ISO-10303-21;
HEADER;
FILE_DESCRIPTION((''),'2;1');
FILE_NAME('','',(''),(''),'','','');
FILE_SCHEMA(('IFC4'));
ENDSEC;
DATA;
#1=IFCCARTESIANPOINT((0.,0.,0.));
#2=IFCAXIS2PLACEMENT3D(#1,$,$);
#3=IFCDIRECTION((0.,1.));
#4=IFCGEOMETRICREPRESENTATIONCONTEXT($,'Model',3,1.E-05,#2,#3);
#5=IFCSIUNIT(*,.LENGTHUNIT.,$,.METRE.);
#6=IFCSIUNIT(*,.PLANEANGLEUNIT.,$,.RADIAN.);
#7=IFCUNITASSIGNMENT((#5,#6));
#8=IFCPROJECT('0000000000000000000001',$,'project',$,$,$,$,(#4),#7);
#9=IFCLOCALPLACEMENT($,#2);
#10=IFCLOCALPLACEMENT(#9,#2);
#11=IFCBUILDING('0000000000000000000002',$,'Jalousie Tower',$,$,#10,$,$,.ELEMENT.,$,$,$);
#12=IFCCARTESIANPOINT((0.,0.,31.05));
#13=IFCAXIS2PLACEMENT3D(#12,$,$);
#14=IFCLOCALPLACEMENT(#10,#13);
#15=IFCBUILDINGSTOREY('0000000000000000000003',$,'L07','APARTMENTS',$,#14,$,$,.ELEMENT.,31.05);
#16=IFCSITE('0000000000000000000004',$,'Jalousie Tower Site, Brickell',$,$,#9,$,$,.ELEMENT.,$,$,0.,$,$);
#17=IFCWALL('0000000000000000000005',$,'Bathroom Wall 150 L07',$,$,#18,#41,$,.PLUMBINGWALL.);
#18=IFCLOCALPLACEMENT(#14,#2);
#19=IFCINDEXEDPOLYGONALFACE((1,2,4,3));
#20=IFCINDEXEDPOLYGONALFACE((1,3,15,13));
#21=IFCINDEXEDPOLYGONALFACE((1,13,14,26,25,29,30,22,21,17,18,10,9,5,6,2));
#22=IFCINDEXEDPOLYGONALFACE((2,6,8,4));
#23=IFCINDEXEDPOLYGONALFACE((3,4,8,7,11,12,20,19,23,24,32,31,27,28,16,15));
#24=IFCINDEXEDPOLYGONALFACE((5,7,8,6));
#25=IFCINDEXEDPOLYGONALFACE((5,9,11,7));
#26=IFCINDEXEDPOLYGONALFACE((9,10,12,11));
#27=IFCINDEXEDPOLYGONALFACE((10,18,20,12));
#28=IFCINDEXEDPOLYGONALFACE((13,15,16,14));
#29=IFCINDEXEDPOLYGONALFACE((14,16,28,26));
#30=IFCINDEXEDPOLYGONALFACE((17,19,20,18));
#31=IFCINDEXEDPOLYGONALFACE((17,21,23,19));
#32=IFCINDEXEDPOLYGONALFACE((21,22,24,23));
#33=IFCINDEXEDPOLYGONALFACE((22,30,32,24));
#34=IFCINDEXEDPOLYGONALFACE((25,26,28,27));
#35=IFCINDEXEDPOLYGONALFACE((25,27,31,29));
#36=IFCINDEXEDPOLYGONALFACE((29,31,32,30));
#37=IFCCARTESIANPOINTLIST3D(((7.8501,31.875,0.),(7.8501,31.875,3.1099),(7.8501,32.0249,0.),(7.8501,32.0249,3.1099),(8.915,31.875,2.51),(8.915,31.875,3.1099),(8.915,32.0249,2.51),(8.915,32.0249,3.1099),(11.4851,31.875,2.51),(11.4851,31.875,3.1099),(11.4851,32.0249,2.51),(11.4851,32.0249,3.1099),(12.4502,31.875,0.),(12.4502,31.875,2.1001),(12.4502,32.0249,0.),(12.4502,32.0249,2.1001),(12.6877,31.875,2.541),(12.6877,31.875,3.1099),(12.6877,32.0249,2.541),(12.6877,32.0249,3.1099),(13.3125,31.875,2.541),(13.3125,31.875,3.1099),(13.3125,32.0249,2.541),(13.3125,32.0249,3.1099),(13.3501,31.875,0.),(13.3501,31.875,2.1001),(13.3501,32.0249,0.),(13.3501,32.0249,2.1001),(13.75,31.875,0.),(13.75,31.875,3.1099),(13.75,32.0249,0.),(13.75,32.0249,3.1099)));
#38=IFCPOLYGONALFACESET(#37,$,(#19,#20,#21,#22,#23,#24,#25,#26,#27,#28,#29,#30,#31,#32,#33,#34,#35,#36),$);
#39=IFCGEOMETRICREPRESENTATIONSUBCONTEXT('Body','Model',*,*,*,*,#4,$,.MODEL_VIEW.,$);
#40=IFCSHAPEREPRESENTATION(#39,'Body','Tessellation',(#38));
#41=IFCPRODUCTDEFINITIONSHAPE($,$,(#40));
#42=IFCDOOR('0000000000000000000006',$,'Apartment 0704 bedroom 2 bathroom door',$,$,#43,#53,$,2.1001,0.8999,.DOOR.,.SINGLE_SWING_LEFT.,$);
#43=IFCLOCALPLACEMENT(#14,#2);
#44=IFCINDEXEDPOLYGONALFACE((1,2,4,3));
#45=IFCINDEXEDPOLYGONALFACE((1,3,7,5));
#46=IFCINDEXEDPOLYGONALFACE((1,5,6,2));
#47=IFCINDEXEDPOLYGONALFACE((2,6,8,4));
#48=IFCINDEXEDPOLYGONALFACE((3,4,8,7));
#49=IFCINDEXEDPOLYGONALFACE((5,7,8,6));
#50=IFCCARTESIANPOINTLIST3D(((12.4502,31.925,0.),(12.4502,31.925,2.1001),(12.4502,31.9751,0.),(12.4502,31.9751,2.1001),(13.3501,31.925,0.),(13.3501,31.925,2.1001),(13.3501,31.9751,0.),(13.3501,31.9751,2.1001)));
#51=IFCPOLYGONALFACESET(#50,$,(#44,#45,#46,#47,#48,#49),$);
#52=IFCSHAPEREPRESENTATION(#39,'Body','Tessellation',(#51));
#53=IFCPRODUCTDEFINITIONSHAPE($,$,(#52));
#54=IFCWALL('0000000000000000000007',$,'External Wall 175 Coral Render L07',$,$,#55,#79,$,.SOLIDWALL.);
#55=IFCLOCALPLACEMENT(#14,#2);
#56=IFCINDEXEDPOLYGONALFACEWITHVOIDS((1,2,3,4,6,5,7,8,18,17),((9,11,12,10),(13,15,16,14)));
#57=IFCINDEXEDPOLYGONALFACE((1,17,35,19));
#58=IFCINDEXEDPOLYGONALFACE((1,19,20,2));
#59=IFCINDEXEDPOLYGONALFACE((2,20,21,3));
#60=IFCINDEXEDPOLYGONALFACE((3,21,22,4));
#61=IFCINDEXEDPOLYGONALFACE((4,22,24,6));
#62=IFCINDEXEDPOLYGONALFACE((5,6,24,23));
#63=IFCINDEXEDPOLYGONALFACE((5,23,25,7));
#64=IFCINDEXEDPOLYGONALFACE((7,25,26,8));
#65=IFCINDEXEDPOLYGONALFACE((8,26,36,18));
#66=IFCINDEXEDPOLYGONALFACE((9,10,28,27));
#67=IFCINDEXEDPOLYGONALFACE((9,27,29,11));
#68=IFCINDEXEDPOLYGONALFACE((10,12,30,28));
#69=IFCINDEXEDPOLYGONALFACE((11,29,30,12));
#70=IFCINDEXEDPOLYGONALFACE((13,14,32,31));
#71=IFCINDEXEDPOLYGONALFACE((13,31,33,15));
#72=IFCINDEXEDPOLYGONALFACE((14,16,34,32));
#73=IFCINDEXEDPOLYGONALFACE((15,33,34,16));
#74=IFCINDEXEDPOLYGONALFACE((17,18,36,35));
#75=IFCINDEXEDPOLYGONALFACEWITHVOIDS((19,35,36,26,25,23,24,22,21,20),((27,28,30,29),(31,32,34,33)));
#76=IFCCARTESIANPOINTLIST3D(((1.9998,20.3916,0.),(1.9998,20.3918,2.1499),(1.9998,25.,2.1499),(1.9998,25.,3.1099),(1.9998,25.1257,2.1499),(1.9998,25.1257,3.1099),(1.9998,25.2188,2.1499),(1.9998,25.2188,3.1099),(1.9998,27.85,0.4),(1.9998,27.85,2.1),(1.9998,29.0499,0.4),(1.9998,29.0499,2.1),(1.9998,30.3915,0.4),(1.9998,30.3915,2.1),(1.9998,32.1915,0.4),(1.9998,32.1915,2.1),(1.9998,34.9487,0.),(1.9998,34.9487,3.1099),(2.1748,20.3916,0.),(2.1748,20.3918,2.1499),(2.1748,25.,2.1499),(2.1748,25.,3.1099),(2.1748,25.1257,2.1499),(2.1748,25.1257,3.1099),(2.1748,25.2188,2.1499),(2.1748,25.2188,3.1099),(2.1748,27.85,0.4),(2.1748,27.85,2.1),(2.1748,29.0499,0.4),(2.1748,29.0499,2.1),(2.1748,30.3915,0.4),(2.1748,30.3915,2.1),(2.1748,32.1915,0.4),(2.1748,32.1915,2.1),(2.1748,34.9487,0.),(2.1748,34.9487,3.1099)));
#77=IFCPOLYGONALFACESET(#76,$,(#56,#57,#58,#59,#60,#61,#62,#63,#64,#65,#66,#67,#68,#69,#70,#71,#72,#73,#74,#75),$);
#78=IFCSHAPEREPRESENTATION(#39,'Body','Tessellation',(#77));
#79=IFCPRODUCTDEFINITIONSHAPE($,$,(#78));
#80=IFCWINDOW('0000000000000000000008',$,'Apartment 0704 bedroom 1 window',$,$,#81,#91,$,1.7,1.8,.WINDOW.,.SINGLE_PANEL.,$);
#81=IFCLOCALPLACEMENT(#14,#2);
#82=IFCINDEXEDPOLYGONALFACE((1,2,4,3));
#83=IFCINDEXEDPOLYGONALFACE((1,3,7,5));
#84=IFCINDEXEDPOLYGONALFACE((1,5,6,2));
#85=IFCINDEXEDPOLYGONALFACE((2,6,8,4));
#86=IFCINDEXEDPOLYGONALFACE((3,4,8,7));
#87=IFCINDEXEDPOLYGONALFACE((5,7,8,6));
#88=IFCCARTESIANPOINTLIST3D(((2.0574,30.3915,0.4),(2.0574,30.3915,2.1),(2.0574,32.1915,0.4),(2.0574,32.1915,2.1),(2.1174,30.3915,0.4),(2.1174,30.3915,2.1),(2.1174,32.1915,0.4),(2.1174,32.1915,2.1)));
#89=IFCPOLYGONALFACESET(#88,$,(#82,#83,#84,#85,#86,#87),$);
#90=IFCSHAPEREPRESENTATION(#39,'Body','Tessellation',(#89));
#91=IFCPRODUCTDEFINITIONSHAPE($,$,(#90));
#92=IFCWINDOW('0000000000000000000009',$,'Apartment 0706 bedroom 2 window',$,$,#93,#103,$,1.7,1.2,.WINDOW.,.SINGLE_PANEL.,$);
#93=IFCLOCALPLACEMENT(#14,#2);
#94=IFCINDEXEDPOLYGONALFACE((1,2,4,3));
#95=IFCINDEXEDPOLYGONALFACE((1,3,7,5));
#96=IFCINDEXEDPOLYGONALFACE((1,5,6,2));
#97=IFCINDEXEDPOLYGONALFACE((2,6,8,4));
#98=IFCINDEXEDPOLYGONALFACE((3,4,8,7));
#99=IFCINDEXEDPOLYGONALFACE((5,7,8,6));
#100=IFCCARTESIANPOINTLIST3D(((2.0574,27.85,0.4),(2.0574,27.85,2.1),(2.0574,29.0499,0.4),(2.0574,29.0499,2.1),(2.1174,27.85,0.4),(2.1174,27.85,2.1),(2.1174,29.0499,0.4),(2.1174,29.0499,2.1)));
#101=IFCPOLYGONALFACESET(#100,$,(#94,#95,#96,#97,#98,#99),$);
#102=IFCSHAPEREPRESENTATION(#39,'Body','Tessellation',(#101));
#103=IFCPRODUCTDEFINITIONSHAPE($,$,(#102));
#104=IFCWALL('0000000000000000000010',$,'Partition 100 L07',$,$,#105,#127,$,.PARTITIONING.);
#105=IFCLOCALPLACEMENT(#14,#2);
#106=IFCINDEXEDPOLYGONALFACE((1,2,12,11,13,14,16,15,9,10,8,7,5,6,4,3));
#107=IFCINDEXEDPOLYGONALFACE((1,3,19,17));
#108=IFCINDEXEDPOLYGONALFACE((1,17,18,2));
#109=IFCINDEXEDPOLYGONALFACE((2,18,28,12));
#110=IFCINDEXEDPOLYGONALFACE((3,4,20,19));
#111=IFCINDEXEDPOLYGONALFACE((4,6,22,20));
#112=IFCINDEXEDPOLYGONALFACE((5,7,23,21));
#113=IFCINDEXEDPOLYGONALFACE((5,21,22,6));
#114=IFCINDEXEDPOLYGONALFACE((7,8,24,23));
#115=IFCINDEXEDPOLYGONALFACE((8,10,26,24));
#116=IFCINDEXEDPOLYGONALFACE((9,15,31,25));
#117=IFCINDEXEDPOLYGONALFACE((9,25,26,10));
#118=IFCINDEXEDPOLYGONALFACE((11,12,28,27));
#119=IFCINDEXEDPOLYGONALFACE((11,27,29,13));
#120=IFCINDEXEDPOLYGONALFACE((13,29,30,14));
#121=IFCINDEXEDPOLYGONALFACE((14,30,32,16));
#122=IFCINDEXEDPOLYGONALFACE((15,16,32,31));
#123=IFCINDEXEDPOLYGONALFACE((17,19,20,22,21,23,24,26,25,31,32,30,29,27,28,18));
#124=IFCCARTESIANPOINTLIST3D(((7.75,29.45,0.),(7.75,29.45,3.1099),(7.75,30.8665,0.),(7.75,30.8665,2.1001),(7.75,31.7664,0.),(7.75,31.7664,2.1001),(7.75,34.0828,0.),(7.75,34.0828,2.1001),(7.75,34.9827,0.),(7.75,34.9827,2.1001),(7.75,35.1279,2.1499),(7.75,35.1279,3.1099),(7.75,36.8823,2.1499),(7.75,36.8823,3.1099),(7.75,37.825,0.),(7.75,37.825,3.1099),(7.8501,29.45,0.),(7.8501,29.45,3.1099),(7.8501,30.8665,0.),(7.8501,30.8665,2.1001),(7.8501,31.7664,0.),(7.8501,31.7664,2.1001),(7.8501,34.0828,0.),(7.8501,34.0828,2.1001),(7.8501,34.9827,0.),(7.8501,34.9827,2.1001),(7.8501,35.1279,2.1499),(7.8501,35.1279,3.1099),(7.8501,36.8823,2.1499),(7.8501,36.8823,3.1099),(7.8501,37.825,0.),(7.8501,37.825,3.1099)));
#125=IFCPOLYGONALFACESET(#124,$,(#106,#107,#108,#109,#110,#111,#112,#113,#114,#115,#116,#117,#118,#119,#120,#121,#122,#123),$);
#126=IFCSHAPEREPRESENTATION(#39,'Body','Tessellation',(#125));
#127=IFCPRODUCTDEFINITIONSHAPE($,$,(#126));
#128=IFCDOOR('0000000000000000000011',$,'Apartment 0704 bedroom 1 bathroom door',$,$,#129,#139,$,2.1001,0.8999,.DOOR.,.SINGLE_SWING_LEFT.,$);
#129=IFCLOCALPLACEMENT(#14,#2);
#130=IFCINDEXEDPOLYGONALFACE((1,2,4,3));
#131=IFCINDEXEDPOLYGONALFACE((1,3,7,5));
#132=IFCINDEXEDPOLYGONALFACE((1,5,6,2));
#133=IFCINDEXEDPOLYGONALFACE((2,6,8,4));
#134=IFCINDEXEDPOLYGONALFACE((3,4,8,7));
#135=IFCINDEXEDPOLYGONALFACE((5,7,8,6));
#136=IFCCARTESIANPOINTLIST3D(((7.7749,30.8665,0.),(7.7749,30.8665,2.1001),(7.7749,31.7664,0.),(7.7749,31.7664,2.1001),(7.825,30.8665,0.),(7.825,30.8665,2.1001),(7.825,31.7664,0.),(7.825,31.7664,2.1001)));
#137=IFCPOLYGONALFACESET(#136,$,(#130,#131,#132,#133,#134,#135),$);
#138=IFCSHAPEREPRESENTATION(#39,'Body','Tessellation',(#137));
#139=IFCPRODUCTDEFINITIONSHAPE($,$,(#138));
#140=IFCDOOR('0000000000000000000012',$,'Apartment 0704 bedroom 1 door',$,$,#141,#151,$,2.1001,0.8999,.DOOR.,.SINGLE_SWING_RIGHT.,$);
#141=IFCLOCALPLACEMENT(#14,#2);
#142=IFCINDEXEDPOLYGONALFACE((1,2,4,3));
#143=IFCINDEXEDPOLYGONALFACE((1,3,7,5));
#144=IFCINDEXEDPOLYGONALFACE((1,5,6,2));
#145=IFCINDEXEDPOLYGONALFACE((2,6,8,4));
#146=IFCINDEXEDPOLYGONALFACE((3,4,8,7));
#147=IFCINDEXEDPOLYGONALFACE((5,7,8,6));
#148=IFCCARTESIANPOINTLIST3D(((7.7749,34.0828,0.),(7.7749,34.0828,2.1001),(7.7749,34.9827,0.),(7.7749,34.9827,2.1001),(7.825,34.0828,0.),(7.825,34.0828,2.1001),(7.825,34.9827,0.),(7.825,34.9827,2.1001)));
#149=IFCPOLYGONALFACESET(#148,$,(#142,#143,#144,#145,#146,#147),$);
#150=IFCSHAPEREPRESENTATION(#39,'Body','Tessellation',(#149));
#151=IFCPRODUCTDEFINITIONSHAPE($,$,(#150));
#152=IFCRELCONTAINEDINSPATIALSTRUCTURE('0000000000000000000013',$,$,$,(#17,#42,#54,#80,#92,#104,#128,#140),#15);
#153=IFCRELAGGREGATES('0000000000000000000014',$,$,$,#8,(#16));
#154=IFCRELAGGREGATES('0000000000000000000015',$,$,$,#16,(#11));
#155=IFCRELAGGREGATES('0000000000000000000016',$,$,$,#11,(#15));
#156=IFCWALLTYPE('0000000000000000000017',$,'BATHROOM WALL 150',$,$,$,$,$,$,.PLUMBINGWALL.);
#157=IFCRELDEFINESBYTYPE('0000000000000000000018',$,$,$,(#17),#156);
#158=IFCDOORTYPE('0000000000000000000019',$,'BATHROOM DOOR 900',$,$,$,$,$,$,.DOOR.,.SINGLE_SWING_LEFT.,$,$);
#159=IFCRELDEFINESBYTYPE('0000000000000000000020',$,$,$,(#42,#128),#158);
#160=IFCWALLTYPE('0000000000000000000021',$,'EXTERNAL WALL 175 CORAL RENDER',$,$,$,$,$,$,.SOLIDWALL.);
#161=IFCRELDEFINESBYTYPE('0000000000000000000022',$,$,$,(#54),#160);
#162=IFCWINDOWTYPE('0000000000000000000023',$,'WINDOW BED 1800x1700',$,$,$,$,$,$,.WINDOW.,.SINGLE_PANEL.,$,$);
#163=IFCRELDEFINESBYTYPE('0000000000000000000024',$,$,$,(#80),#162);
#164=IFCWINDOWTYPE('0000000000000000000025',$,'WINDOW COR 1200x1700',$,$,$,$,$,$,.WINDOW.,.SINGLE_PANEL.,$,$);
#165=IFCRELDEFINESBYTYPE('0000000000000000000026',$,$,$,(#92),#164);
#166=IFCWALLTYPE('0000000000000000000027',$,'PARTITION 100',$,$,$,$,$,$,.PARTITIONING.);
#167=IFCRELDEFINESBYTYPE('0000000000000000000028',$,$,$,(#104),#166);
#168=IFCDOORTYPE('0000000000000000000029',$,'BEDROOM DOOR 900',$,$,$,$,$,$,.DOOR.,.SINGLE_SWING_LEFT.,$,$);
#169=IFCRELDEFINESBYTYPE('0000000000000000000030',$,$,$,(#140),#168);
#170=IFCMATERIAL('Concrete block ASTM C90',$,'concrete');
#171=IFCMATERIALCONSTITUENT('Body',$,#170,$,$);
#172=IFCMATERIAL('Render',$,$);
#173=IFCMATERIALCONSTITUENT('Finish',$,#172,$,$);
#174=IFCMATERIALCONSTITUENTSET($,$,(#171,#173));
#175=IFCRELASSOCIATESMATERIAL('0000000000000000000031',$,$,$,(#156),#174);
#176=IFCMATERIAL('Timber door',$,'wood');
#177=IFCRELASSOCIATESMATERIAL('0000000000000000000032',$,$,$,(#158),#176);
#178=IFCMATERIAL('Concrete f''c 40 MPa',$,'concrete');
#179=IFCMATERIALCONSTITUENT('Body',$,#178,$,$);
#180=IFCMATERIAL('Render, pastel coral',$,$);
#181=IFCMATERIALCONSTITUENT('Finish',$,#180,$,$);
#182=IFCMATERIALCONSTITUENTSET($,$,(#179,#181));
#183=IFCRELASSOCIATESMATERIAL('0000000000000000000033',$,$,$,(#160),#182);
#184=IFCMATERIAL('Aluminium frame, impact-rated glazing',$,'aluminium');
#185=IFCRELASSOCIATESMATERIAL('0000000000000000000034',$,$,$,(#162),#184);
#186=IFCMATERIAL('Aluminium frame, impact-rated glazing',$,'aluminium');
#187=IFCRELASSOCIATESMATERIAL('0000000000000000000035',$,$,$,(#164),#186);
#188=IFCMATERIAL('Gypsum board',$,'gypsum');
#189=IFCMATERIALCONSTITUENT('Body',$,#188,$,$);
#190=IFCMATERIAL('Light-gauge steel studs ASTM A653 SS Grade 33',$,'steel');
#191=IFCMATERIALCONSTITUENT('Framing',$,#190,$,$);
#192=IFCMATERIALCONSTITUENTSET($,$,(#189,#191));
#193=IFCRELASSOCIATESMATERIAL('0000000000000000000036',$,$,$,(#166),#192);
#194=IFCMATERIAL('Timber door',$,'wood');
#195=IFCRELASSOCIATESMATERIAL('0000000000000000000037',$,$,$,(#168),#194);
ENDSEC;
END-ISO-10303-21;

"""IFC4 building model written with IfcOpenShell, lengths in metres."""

from ifc_helpers import new_model, si_unit, direction, frame, frame_2d, origin, place, context, subcontext, project, spatial, polyline, rectangle, outline, extrude, material, constituent, constituent_set, type_object, element, fill, save


model = new_model("IFC4")

# Units and contexts
model_context = context("Model", 3, precision=1e-05, world=origin(), true_north=direction((0.0, 1.0)))
body_context = subcontext(model_context, "Body", "Model", "MODEL_VIEW")
ifc_project = project(units=[si_unit("LENGTHUNIT", "METRE"), si_unit("PLANEANGLEUNIT", "RADIAN")], contexts=[model_context])

# Site, building, storey
site_placement = place(None, origin())
site = spatial("IfcSite", under=ifc_project, at=site_placement, Name="Jalousie Tower Site, Brickell", CompositionType="ELEMENT", RefElevation=0.0)
building_placement = place(site_placement, origin())
building = spatial("IfcBuilding", under=site, at=building_placement, Name="Jalousie Tower", CompositionType="ELEMENT")
storey_placement = place(building_placement, frame((0.0, 0.0, 31.05)))
storey = spatial("IfcBuildingStorey", under=building, at=storey_placement, Name="L07", Description="APARTMENTS", CompositionType="ELEMENT", Elevation=31.05)

# Wall, opening, door
ifc_material_1 = material(Name="Concrete block ASTM C90", Category="concrete")
ifc_constituent_1 = constituent(ifc_material_1, Name="Body")
ifc_material_2 = material(Name="Render")
ifc_constituent_2 = constituent(ifc_material_2, Name="Finish")
ifc_constituent_set_1 = constituent_set(constituents=[ifc_constituent_1, ifc_constituent_2])
wall_type_1 = type_object("IfcWallType", Name="BATHROOM WALL 150", PredefinedType="PLUMBINGWALL", material=ifc_constituent_set_1)
wall_1_placement = place(storey_placement, frame((7.8501, 31.95, 0.0), z_axis=(0.0, 0.0, 1.0), x_axis=(1.0, 0.0, 0.0)))
wall_1 = element("IfcWall", 1, at=wall_1_placement, inside=storey, type_object=wall_type_1, Name="Bathroom Wall 150 L07", PredefinedType="PLUMBINGWALL", context=body_context, shape_type="SweptSolid", body=[
    extrude(outline(polyline([(0.0, 0.0), (5.8999, 0.0), (5.8999, 3.1099), (5.4624, 3.1099), (5.4624, 2.541), (4.8376, 2.541), (4.8376, 3.1099), (3.635, 3.1099), (3.635, 2.51), (1.0649, 2.51), (1.0649, 3.1099), (0.0, 3.1099), (0.0, 0.0)])), frame((0.0, 0.075, 0.0), z_axis=(0.0, -1.0, 0.0), x_axis=(1.0, 0.0, 0.0)), (0.0, 0.0, 1.0), 0.1499),
])
opening_1_placement = place(wall_1_placement, frame((4.6001, 0.0, 0.0)))
opening_1 = element("IfcOpeningElement", 2, at=opening_1_placement, cuts=wall_1, PredefinedType="OPENING", context=body_context, shape_type="SweptSolid", body=[
    extrude(rectangle(XDim=0.8999, YDim=2.1001, at=frame_2d((0.45, 1.05))), frame((0.0, 0.085, 0.0), z_axis=(0.0, -1.0, 0.0), x_axis=(1.0, 0.0, 0.0)), (0.0, 0.0, 1.0), 0.1699),
])
ifc_material_3 = material(Name="Timber door", Category="wood")
door_type_1 = type_object("IfcDoorType", Name="BATHROOM DOOR 900", OperationType="SINGLE_SWING_LEFT", PredefinedType="DOOR", material=ifc_material_3)
door_1_placement = place(opening_1_placement, frame((0.8999, 0.0, 0.0), z_axis=(0.0, 0.0, 1.0), x_axis=(-1.0, 0.0, 0.0)))
door_1 = element("IfcDoor", 3, at=door_1_placement, inside=storey, type_object=door_type_1, Name="Apartment 0704 bedroom 2 bathroom door", OperationType="SINGLE_SWING_LEFT", OverallHeight=2.1001, OverallWidth=0.8999, PredefinedType="DOOR", context=body_context, shape_type="SweptSolid", body=[
    extrude(rectangle(XDim=0.8999, YDim=2.1001, at=frame_2d((0.45, 1.05))), frame((0.0, 0.0249, 0.0), z_axis=(0.0, -1.0, 0.0), x_axis=(1.0, 0.0, 0.0)), (0.0, 0.0, 1.0), 0.05),
])
fill(opening_1, door_1)

# Wall, openings, windows
ifc_material_4 = material(Name="Concrete f'c 40 MPa", Category="concrete")
ifc_constituent_3 = constituent(ifc_material_4, Name="Body")
ifc_material_5 = material(Name="Render, pastel coral")
ifc_constituent_4 = constituent(ifc_material_5, Name="Finish")
ifc_constituent_set_2 = constituent_set(constituents=[ifc_constituent_3, ifc_constituent_4])
wall_type_2 = type_object("IfcWallType", Name="EXTERNAL WALL 175 CORAL RENDER", PredefinedType="SOLIDWALL", material=ifc_constituent_set_2)
wall_2_placement = place(storey_placement, frame((2.0874, 34.9487, 0.0), z_axis=(0.0, 0.0, 1.0), x_axis=(0.0, -1.0, 0.0)))
wall_2 = element("IfcWall", 4, at=wall_2_placement, inside=storey, type_object=wall_type_2, Name="External Wall 175 Coral Render L07", PredefinedType="SOLIDWALL", context=body_context, shape_type="SweptSolid", body=[
    extrude(outline(polyline([(0.0, 0.0), (14.5571, 0.0), (14.5569, 2.1499), (9.9487, 2.1499), (9.9487, 3.1099), (9.823, 3.1099), (9.823, 2.1499), (9.73, 2.1499), (9.73, 3.1099), (0.0, 3.1099), (0.0, 0.0)])), frame((0.0, 0.0874, 0.0), z_axis=(0.0, -1.0, 0.0), x_axis=(1.0, 0.0, 0.0)), (0.0, 0.0, 1.0), 0.175),
])
opening_2_placement = place(wall_2_placement, frame((2.7573, 0.0, 0.3999)))
opening_2 = element("IfcOpeningElement", 5, at=opening_2_placement, cuts=wall_2, PredefinedType="OPENING", context=body_context, shape_type="SweptSolid", body=[
    extrude(rectangle(XDim=1.8, YDim=1.7, at=frame_2d((0.8999, 0.8501))), frame((0.0, 0.0974, 0.0), z_axis=(0.0, -1.0, 0.0), x_axis=(1.0, 0.0, 0.0)), (0.0, 0.0, 1.0), 0.1951),
])
opening_3_placement = place(wall_2_placement, frame((5.8987, 0.0, 0.3999)))
opening_3 = element("IfcOpeningElement", 6, at=opening_3_placement, cuts=wall_2, PredefinedType="OPENING", context=body_context, shape_type="SweptSolid", body=[
    extrude(rectangle(XDim=1.2, YDim=1.7, at=frame_2d((0.6001, 0.8501))), frame((0.0, 0.0974, 0.0), z_axis=(0.0, -1.0, 0.0), x_axis=(1.0, 0.0, 0.0)), (0.0, 0.0, 1.0), 0.1951),
])
ifc_material_6 = material(Name="Aluminium frame, impact-rated glazing", Category="aluminium")
window_type_1 = type_object("IfcWindowType", Name="WINDOW BED 1800x1700", PartitioningType="SINGLE_PANEL", PredefinedType="WINDOW", material=ifc_material_6)
window_1_placement = place(opening_2_placement, origin())
window_1 = element("IfcWindow", 7, at=window_1_placement, inside=storey, type_object=window_type_1, Name="Apartment 0704 bedroom 1 window", OverallHeight=1.7, OverallWidth=1.8, PartitioningType="SINGLE_PANEL", PredefinedType="WINDOW", context=body_context, shape_type="SweptSolid", body=[
    extrude(rectangle(XDim=1.8, YDim=1.7, at=frame_2d((0.8999, 0.8501))), frame((0.0, 0.03, 0.0), z_axis=(0.0, -1.0, 0.0), x_axis=(1.0, 0.0, 0.0)), (0.0, 0.0, 1.0), 0.0601),
])
fill(opening_2, window_1)
ifc_material_7 = material(Name="Aluminium frame, impact-rated glazing", Category="aluminium")
window_type_2 = type_object("IfcWindowType", Name="WINDOW COR 1200x1700", PartitioningType="SINGLE_PANEL", PredefinedType="WINDOW", material=ifc_material_7)
window_2_placement = place(opening_3_placement, origin())
window_2 = element("IfcWindow", 8, at=window_2_placement, inside=storey, type_object=window_type_2, Name="Apartment 0706 bedroom 2 window", OverallHeight=1.7, OverallWidth=1.2, PartitioningType="SINGLE_PANEL", PredefinedType="WINDOW", context=body_context, shape_type="SweptSolid", body=[
    extrude(rectangle(XDim=1.2, YDim=1.7, at=frame_2d((0.6001, 0.8501))), frame((0.0, 0.03, 0.0), z_axis=(0.0, -1.0, 0.0), x_axis=(1.0, 0.0, 0.0)), (0.0, 0.0, 1.0), 0.0601),
])
fill(opening_3, window_2)

# Wall, openings, doors
ifc_material_8 = material(Name="Gypsum board", Category="gypsum")
ifc_constituent_5 = constituent(ifc_material_8, Name="Body")
ifc_material_9 = material(Name="Light-gauge steel studs ASTM A653 SS Grade 33", Category="steel")
ifc_constituent_6 = constituent(ifc_material_9, Name="Framing")
ifc_constituent_set_3 = constituent_set(constituents=[ifc_constituent_5, ifc_constituent_6])
wall_type_3 = type_object("IfcWallType", Name="PARTITION 100", PredefinedType="PARTITIONING", material=ifc_constituent_set_3)
wall_3_placement = place(storey_placement, frame((7.8, 37.825, 0.0), z_axis=(0.0, 0.0, 1.0), x_axis=(0.0, -1.0, 0.0)))
wall_3 = element("IfcWall", 9, at=wall_3_placement, inside=storey, type_object=wall_type_3, Name="Partition 100 L07", PredefinedType="PARTITIONING", context=body_context, shape_type="SweptSolid", body=[
    extrude(outline(polyline([(0.0, 0.0), (8.375, 0.0), (8.375, 3.1099), (2.697, 3.1099), (2.697, 2.1499), (0.9426, 2.1499), (0.9426, 3.1099), (0.0, 3.1099), (0.0, 0.0)])), frame((0.0, 0.05, 0.0), z_axis=(0.0, -1.0, 0.0), x_axis=(1.0, 0.0, 0.0)), (0.0, 0.0, 1.0), 0.1001),
])
opening_4_placement = place(wall_3_placement, frame((2.8423, 0.0, 0.0)))
opening_4 = element("IfcOpeningElement", 10, at=opening_4_placement, cuts=wall_3, PredefinedType="OPENING", context=body_context, shape_type="SweptSolid", body=[
    extrude(rectangle(XDim=0.8999, YDim=2.1001, at=frame_2d((0.45, 1.05))), frame((0.0, 0.0601, 0.0), z_axis=(0.0, -1.0, 0.0), x_axis=(1.0, 0.0, 0.0)), (0.0, 0.0, 1.0), 0.1201),
])
opening_5_placement = place(wall_3_placement, frame((6.0586, 0.0, 0.0)))
opening_5 = element("IfcOpeningElement", 11, at=opening_5_placement, cuts=wall_3, PredefinedType="OPENING", context=body_context, shape_type="SweptSolid", body=[
    extrude(rectangle(XDim=0.8999, YDim=2.1001, at=frame_2d((0.45, 1.05))), frame((0.0, 0.0601, 0.0), z_axis=(0.0, -1.0, 0.0), x_axis=(1.0, 0.0, 0.0)), (0.0, 0.0, 1.0), 0.1201),
])
door_2_placement = place(opening_5_placement, origin())
door_2 = element("IfcDoor", 12, at=door_2_placement, inside=storey, type_object=door_type_1, Name="Apartment 0704 bedroom 1 bathroom door", OperationType="SINGLE_SWING_LEFT", OverallHeight=2.1001, OverallWidth=0.8999, PredefinedType="DOOR", context=body_context, shape_type="SweptSolid", body=[
    extrude(rectangle(XDim=0.8999, YDim=2.1001, at=frame_2d((0.45, 1.05))), frame((0.0, 0.0249, 0.0), z_axis=(0.0, -1.0, 0.0), x_axis=(1.0, 0.0, 0.0)), (0.0, 0.0, 1.0), 0.05),
])
fill(opening_5, door_2)
ifc_material_10 = material(Name="Timber door", Category="wood")
door_type_2 = type_object("IfcDoorType", Name="BEDROOM DOOR 900", OperationType="SINGLE_SWING_LEFT", PredefinedType="DOOR", material=ifc_material_10)
door_3_placement = place(opening_4_placement, origin())
door_3 = element("IfcDoor", 13, at=door_3_placement, inside=storey, type_object=door_type_2, Name="Apartment 0704 bedroom 1 door", OperationType="SINGLE_SWING_RIGHT", OverallHeight=2.1001, OverallWidth=0.8999, PredefinedType="DOOR", context=body_context, shape_type="SweptSolid", body=[
    extrude(rectangle(XDim=0.8999, YDim=2.1001, at=frame_2d((0.45, 1.05))), frame((0.0, 0.0249, 0.0), z_axis=(0.0, -1.0, 0.0), x_axis=(1.0, 0.0, 0.0)), (0.0, 0.0, 1.0), 0.05),
])
fill(opening_4, door_3)

save(model, "model.ifc")
